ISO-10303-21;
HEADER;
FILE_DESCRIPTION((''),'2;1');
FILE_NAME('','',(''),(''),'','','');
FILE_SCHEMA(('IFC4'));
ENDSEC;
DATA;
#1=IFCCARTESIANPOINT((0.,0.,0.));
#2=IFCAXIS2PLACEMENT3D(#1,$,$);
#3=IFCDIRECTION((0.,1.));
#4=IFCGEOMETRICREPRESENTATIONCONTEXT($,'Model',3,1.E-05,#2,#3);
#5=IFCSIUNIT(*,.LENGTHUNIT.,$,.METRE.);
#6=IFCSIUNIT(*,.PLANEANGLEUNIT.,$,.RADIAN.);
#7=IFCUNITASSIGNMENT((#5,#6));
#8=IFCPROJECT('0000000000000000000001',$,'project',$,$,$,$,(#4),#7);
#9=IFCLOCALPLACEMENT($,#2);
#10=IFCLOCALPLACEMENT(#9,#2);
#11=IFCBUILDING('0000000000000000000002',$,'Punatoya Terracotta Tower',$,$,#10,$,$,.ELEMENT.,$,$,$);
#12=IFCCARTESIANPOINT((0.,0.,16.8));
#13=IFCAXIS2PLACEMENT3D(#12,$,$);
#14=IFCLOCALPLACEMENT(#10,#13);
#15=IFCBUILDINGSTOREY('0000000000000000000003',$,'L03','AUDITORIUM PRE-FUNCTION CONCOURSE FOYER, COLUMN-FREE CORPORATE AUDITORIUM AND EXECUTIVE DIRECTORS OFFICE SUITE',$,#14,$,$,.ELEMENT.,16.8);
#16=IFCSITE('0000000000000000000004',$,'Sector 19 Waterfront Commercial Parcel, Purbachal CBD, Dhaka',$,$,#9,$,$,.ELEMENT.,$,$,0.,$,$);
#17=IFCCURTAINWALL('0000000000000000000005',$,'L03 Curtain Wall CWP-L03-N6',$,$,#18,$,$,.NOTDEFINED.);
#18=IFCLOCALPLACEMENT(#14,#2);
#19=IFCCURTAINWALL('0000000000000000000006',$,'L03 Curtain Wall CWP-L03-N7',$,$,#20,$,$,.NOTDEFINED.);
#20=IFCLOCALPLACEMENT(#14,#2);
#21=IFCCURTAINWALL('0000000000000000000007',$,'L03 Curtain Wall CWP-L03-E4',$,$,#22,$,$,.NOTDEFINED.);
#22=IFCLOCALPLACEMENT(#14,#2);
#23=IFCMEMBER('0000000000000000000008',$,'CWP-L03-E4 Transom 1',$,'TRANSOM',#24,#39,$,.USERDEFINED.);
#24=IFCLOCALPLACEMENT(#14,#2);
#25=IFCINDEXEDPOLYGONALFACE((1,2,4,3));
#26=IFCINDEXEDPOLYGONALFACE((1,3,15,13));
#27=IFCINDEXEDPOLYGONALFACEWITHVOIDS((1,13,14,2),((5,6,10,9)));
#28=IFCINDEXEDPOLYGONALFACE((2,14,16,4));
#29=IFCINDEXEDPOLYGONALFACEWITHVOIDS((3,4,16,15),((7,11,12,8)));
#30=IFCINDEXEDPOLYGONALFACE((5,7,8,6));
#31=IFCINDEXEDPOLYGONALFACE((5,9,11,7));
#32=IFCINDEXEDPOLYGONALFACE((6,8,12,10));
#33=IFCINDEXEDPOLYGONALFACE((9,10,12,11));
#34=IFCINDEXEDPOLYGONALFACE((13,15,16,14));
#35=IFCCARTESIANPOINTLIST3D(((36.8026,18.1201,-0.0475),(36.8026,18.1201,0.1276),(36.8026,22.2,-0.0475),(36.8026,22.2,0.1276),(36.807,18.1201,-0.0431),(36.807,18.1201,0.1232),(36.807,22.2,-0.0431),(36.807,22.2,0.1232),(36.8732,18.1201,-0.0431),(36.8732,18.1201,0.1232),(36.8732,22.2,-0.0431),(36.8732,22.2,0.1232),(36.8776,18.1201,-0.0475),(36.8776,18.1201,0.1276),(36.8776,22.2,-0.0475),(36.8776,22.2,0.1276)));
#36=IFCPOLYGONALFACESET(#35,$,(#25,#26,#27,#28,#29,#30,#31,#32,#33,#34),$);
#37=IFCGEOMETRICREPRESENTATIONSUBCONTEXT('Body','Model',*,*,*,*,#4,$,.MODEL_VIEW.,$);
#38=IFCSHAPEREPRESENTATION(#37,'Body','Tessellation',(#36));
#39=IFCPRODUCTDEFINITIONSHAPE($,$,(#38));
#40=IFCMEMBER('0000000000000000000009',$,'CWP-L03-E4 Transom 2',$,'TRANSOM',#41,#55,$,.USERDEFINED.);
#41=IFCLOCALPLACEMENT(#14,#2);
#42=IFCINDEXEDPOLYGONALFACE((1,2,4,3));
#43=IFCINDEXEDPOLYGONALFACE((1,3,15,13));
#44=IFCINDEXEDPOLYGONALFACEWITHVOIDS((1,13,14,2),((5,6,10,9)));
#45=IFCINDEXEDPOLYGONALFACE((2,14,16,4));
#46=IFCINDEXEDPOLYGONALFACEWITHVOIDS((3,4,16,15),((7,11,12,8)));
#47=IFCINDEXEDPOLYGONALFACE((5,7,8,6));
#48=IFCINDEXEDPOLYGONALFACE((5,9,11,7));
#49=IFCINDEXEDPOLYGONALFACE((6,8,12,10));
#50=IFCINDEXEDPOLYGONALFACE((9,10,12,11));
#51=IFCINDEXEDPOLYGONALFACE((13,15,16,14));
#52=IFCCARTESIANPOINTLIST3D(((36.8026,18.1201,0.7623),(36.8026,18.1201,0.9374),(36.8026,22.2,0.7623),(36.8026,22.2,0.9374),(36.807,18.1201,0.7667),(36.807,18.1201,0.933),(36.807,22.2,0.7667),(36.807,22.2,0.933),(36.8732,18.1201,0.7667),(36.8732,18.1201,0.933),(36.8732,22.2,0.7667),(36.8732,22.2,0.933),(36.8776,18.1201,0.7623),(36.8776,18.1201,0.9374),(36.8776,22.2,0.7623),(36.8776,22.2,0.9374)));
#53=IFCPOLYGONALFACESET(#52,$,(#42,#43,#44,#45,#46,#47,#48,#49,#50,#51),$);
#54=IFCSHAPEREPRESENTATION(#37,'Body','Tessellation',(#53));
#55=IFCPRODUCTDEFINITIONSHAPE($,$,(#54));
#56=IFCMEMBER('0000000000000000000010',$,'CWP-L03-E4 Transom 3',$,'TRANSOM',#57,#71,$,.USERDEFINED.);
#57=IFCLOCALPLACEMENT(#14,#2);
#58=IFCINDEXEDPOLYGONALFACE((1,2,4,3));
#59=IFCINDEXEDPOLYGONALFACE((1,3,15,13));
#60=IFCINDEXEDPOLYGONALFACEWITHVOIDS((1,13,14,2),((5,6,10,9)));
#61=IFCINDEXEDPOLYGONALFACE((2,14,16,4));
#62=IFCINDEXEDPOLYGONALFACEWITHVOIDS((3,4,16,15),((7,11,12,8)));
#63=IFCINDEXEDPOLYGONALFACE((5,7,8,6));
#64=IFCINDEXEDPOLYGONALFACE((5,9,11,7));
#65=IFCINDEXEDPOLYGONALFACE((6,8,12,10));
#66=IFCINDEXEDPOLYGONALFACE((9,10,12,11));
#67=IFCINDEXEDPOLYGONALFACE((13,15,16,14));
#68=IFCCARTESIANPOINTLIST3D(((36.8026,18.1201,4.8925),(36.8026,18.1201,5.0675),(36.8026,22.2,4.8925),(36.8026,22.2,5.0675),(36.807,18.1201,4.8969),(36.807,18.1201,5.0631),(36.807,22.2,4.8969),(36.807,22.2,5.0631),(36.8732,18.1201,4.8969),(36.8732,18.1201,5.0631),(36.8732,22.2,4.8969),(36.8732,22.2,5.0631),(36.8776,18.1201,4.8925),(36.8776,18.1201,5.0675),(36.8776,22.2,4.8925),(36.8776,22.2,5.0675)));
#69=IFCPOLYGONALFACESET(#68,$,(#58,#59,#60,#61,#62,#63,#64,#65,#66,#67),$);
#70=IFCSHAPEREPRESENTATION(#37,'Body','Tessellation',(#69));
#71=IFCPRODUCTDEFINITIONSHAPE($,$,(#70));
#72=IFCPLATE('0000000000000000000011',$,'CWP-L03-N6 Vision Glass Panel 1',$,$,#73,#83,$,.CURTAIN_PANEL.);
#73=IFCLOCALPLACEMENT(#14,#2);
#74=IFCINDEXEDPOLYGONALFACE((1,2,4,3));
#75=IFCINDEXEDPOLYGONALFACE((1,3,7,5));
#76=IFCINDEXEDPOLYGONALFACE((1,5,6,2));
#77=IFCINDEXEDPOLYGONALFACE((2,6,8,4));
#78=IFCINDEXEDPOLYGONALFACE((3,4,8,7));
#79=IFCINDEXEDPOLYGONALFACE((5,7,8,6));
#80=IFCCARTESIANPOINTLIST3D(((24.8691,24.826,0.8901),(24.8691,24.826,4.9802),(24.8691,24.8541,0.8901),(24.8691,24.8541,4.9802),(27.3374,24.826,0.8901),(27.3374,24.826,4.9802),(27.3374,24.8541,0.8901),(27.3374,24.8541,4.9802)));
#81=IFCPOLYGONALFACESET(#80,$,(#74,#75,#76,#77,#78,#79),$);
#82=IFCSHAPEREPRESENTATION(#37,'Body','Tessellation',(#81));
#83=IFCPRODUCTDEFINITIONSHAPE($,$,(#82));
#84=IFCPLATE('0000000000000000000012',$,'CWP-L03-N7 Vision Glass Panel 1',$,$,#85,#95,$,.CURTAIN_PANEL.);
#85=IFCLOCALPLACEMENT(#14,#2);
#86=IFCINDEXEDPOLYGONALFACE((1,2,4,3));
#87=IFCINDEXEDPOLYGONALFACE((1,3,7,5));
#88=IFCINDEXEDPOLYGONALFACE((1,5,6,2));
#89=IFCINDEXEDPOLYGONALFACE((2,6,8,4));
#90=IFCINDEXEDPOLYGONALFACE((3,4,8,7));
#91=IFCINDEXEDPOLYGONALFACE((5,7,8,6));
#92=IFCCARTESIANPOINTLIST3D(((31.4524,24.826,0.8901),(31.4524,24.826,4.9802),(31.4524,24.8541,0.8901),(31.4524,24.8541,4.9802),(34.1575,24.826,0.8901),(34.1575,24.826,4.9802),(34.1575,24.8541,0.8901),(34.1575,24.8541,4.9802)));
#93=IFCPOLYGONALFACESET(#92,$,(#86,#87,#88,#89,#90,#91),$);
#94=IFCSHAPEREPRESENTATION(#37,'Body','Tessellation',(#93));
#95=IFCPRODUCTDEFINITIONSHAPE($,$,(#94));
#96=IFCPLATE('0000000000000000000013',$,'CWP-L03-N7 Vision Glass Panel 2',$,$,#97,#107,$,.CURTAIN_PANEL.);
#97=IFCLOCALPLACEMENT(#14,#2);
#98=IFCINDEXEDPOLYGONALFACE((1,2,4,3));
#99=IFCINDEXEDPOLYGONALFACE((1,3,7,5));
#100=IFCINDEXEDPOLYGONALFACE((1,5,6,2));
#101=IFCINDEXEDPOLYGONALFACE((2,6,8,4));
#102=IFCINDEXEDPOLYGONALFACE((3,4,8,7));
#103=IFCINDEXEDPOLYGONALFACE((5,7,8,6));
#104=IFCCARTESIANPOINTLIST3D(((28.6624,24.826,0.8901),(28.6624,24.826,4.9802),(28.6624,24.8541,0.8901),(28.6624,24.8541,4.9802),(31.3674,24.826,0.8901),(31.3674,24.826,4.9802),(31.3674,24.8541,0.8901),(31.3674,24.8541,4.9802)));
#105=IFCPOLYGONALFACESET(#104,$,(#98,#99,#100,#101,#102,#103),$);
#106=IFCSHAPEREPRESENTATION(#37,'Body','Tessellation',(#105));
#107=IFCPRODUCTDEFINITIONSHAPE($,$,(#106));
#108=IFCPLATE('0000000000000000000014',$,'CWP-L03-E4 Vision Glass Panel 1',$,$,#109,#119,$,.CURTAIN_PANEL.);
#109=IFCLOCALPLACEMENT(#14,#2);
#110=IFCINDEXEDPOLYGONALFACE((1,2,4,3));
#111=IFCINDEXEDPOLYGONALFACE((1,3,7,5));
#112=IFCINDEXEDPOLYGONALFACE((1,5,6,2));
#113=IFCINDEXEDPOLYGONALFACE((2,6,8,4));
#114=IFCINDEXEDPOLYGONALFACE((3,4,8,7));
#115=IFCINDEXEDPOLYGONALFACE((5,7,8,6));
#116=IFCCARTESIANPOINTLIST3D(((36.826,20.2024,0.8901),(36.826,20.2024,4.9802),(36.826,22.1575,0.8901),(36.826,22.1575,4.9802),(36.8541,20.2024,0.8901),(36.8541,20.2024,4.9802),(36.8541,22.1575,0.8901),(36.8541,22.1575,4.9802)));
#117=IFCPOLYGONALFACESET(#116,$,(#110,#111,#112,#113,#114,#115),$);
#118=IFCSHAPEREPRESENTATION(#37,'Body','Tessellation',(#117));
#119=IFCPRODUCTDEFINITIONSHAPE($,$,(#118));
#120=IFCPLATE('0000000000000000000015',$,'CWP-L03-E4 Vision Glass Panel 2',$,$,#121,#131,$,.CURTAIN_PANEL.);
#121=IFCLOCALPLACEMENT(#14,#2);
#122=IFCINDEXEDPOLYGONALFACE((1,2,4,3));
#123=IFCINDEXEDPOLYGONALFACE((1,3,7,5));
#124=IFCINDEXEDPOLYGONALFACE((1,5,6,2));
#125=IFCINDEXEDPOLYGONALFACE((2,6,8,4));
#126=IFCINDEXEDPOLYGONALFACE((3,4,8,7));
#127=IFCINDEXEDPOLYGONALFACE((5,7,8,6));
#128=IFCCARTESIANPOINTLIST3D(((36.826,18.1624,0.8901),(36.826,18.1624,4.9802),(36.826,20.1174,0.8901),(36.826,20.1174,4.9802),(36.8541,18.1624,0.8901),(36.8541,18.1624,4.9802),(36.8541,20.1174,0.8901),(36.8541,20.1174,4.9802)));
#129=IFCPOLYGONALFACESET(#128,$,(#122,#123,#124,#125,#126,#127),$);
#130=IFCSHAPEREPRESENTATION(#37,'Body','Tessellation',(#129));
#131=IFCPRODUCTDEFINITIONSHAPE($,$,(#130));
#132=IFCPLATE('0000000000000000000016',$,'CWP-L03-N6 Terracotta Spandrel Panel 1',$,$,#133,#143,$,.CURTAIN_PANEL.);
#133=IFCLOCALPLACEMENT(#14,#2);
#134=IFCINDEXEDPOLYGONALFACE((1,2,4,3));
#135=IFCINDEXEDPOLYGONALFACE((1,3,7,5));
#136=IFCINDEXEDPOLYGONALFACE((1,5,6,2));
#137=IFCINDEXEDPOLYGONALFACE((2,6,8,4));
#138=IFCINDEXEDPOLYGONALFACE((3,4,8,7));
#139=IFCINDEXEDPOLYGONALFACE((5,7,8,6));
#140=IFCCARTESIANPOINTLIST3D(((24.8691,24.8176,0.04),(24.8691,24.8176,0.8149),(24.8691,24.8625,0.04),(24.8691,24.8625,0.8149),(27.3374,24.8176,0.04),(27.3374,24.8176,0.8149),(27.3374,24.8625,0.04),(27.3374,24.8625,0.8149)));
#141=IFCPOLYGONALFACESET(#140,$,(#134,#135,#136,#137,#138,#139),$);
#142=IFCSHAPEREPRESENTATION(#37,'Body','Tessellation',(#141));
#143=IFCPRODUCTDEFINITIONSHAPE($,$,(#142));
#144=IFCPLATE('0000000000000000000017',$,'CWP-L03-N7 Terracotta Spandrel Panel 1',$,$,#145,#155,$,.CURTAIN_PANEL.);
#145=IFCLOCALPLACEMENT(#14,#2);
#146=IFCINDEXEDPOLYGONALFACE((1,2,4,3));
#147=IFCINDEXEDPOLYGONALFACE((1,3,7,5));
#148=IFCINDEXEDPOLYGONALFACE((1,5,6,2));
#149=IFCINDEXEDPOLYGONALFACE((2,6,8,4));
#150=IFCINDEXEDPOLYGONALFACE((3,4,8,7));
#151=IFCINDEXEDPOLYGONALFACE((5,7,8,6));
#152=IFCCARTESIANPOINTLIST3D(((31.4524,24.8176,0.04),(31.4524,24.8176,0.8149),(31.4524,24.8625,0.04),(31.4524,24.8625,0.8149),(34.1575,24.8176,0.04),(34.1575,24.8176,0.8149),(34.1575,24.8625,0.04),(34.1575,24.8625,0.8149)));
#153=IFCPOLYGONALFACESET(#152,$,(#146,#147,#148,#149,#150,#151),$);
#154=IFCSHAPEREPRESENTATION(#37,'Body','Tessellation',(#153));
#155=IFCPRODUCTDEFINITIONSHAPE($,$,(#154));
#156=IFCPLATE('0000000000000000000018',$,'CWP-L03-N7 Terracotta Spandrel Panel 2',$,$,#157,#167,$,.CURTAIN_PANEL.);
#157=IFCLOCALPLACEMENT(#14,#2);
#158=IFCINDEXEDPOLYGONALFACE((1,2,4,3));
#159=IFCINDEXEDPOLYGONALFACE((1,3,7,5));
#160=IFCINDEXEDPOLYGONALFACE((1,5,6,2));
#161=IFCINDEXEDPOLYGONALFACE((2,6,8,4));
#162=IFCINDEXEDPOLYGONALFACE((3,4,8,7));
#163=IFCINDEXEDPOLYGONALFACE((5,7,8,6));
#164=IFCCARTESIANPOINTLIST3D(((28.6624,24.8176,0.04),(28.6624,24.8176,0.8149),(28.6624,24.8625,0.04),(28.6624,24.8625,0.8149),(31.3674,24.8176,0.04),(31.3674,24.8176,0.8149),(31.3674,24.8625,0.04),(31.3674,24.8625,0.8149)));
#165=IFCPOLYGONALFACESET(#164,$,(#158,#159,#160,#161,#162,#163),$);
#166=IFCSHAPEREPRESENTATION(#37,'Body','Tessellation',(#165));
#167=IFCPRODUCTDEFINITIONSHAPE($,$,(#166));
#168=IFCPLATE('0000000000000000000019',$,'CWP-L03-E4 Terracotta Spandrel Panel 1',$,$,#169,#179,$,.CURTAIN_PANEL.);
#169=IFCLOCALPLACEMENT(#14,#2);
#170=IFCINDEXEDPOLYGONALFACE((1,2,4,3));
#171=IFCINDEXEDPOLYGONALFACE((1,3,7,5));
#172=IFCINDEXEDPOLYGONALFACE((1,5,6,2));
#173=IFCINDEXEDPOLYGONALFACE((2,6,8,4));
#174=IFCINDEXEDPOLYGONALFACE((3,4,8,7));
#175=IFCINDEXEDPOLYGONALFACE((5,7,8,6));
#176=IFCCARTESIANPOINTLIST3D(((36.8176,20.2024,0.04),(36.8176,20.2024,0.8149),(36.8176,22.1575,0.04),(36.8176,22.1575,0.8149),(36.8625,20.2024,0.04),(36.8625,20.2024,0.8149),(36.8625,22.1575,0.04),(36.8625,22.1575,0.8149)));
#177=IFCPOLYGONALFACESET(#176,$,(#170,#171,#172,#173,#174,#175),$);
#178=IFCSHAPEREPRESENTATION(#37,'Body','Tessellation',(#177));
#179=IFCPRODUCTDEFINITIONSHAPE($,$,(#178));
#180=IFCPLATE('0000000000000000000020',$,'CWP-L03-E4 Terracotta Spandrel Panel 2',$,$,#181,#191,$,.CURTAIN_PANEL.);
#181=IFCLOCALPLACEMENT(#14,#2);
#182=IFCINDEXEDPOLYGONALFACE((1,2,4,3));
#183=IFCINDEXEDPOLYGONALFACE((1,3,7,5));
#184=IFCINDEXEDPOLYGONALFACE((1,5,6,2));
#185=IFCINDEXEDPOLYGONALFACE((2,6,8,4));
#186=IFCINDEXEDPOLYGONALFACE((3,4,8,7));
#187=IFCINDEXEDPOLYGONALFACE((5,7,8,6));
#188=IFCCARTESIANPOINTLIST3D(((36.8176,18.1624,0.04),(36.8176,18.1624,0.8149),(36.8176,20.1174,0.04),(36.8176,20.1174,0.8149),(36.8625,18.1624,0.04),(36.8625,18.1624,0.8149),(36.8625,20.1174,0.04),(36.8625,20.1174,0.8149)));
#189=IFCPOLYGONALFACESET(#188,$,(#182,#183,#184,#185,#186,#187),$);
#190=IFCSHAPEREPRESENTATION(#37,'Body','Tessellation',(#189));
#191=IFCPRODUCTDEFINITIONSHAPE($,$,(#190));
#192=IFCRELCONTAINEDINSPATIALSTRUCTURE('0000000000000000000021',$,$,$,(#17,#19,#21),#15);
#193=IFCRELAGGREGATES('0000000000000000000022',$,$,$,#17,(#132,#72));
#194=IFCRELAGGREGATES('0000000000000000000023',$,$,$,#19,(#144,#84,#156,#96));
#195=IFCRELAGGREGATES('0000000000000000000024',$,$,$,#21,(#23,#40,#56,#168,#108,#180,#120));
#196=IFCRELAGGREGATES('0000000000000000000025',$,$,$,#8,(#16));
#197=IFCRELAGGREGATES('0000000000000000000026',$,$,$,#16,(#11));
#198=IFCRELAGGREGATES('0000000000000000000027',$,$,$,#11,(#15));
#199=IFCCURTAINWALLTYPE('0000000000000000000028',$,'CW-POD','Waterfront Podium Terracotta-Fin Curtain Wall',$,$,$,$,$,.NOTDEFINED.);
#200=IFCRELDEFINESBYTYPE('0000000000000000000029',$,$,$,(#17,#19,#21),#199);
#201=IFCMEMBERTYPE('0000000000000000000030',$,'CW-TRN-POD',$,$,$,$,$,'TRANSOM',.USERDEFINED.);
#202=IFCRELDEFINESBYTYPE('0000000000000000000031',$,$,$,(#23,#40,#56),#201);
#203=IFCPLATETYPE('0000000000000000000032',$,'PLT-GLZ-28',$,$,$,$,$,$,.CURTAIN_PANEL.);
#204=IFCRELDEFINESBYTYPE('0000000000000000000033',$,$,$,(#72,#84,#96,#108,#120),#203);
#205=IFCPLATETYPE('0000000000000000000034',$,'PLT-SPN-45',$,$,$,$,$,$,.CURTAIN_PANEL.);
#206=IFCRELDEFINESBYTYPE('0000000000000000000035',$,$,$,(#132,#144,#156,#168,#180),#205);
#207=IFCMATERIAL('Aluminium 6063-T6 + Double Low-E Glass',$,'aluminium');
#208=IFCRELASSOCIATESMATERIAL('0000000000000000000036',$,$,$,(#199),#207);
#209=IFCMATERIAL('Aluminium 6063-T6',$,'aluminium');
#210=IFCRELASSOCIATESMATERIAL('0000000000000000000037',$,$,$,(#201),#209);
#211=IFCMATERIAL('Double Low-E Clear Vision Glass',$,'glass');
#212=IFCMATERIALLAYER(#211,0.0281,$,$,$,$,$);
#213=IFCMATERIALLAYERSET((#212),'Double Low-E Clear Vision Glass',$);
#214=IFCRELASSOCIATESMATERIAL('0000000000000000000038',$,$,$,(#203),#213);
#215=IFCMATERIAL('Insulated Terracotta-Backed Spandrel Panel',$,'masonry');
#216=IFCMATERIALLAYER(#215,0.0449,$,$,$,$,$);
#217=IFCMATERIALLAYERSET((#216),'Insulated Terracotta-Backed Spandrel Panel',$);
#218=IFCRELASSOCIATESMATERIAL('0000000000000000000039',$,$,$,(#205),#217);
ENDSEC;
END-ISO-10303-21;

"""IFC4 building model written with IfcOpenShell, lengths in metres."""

from ifc_helpers import new_model, si_unit, direction, frame, origin, origin_2d, place, context, subcontext, project, spatial, rectangle, hollow_rectangle, extrude, material, layer, layer_set, material_profile, profile_set, type_object, element, aggregate, save


model = new_model("IFC4")

# Units and contexts
model_context = context("Model", 3, precision=1e-05, world=origin(), true_north=direction((0.0, 1.0)))
body_context = subcontext(model_context, "Body", "Model", "MODEL_VIEW")
ifc_project = project(units=[si_unit("LENGTHUNIT", "METRE"), si_unit("PLANEANGLEUNIT", "RADIAN")], contexts=[model_context])

# Site, building, storey
site_placement = place(None, origin())
site = spatial("IfcSite", under=ifc_project, at=site_placement, Name="Sector 19 Waterfront Commercial Parcel, Purbachal CBD, Dhaka", CompositionType="ELEMENT", RefElevation=0.0)
building_placement = place(site_placement, origin())
building = spatial("IfcBuilding", under=site, at=building_placement, Name="Punatoya Terracotta Tower", CompositionType="ELEMENT")
storey_placement = place(building_placement, frame((0.0, 0.0, 16.8)))
storey = spatial("IfcBuildingStorey", under=building, at=storey_placement, Name="L03", Description="AUDITORIUM PRE-FUNCTION CONCOURSE FOYER, COLUMN-FREE CORPORATE AUDITORIUM AND EXECUTIVE DIRECTORS OFFICE SUITE", CompositionType="ELEMENT", Elevation=16.8)

# Curtain walls
ifc_material_1 = material(Name="Aluminium 6063-T6 + Double Low-E Glass", Category="aluminium")
curtain_wall_type = type_object("IfcCurtainWallType", Name="CW-POD", Description="Waterfront Podium Terracotta-Fin Curtain Wall", PredefinedType="NOTDEFINED", material=ifc_material_1)
curtain_wall_1_placement = place(storey_placement, origin())
curtain_wall_1 = element("IfcCurtainWall", 1, at=curtain_wall_1_placement, inside=storey, type_object=curtain_wall_type, Name="L03 Curtain Wall CWP-L03-N6", PredefinedType="NOTDEFINED")
ifc_material_2 = material(Name="Aluminium 6063-T6", Category="aluminium")
curtain_wall_2_placement = place(storey_placement, origin())
curtain_wall_2 = element("IfcCurtainWall", 2, at=curtain_wall_2_placement, inside=storey, type_object=curtain_wall_type, Name="L03 Curtain Wall CWP-L03-N7", PredefinedType="NOTDEFINED")
curtain_wall_3_placement = place(storey_placement, origin())
curtain_wall_3 = element("IfcCurtainWall", 3, at=curtain_wall_3_placement, inside=storey, type_object=curtain_wall_type, Name="L03 Curtain Wall CWP-L03-E4", PredefinedType="NOTDEFINED")

# Members
ifc_material_profile_1 = material_profile(ifc_material_2, hollow_rectangle(XDim=0.075, YDim=0.175, WallThickness=0.0044, at=origin_2d()))
ifc_profile_set_1 = profile_set([ifc_material_profile_1], Name="Aluminium 6063-T6")
member_type_1 = type_object("IfcMemberType", Name="CW-TRN-POD", ElementType="TRANSOM", PredefinedType="USERDEFINED", material=ifc_profile_set_1)
member_1_placement = place(storey_placement, frame((36.8401, 22.2, 0.04), z_axis=(0.0, -1.0, 0.0), x_axis=(1.0, 0.0, 0.0)))
member_1 = element("IfcMember", 4, at=member_1_placement, type_object=member_type_1, Name="CWP-L03-E4 Transom 1", ObjectType="TRANSOM", PredefinedType="USERDEFINED", context=body_context, shape_type="SweptSolid", body=[
    extrude(hollow_rectangle(XDim=0.075, YDim=0.175, WallThickness=0.0044, at=origin_2d()), origin(), (0.0, 0.0, 1.0), 4.0798),
])
member_2_placement = place(storey_placement, frame((36.8401, 22.2, 0.8499), z_axis=(0.0, -1.0, 0.0), x_axis=(1.0, 0.0, 0.0)))
member_2 = element("IfcMember", 5, at=member_2_placement, type_object=member_type_1, Name="CWP-L03-E4 Transom 2", ObjectType="TRANSOM", PredefinedType="USERDEFINED", context=body_context, shape_type="SweptSolid", body=[
    extrude(hollow_rectangle(XDim=0.075, YDim=0.175, WallThickness=0.0044, at=origin_2d()), origin(), (0.0, 0.0, 1.0), 4.0798),
])
member_3_placement = place(storey_placement, frame((36.8401, 22.2, 4.98), z_axis=(0.0, -1.0, 0.0), x_axis=(1.0, 0.0, 0.0)))
member_3 = element("IfcMember", 6, at=member_3_placement, type_object=member_type_1, Name="CWP-L03-E4 Transom 3", ObjectType="TRANSOM", PredefinedType="USERDEFINED", context=body_context, shape_type="SweptSolid", body=[
    extrude(hollow_rectangle(XDim=0.075, YDim=0.175, WallThickness=0.0044, at=origin_2d()), origin(), (0.0, 0.0, 1.0), 4.0798),
])

# Plates
ifc_material_3 = material(Name="Double Low-E Clear Vision Glass", Category="glass")
ifc_layer_1 = layer(ifc_material_3, 0.0281)
ifc_layer_set_1 = layer_set([ifc_layer_1], Name="Double Low-E Clear Vision Glass")
plate_type_1 = type_object("IfcPlateType", Name="PLT-GLZ-28", PredefinedType="CURTAIN_PANEL", material=ifc_layer_set_1)
plate_1_placement = place(storey_placement, frame((26.1033, 24.8401, 0.8901), z_axis=(0.0, 0.0, 1.0), x_axis=(-1.0, 0.0, 0.0)))
plate_1 = element("IfcPlate", 7, at=plate_1_placement, type_object=plate_type_1, Name="CWP-L03-N6 Vision Glass Panel 1", PredefinedType="CURTAIN_PANEL", context=body_context, shape_type="SweptSolid", body=[
    extrude(rectangle(XDim=2.4683, YDim=0.0281, at=origin_2d()), origin(), (0.0, 0.0, 1.0), 4.0901),
])
plate_2_placement = place(storey_placement, frame((32.8049, 24.8401, 0.8901), z_axis=(0.0, 0.0, 1.0), x_axis=(-1.0, 0.0, 0.0)))
plate_2 = element("IfcPlate", 8, at=plate_2_placement, type_object=plate_type_1, Name="CWP-L03-N7 Vision Glass Panel 1", PredefinedType="CURTAIN_PANEL", context=body_context, shape_type="SweptSolid", body=[
    extrude(rectangle(XDim=2.7051, YDim=0.0281, at=origin_2d()), origin(), (0.0, 0.0, 1.0), 4.0901),
])
plate_3_placement = place(storey_placement, frame((30.0149, 24.8401, 0.8901), z_axis=(0.0, 0.0, 1.0), x_axis=(-1.0, 0.0, 0.0)))
plate_3 = element("IfcPlate", 9, at=plate_3_placement, type_object=plate_type_1, Name="CWP-L03-N7 Vision Glass Panel 2", PredefinedType="CURTAIN_PANEL", context=body_context, shape_type="SweptSolid", body=[
    extrude(rectangle(XDim=2.7051, YDim=0.0281, at=origin_2d()), origin(), (0.0, 0.0, 1.0), 4.0901),
])
plate_4_placement = place(storey_placement, frame((36.8401, 21.1799, 0.8901), z_axis=(0.0, 0.0, 1.0), x_axis=(0.0, -1.0, 0.0)))
plate_4 = element("IfcPlate", 10, at=plate_4_placement, type_object=plate_type_1, Name="CWP-L03-E4 Vision Glass Panel 1", PredefinedType="CURTAIN_PANEL", context=body_context, shape_type="SweptSolid", body=[
    extrude(rectangle(XDim=1.9551, YDim=0.0281, at=origin_2d()), origin(), (0.0, 0.0, 1.0), 4.0901),
])
plate_5_placement = place(storey_placement, frame((36.8401, 19.1399, 0.8901), z_axis=(0.0, 0.0, 1.0), x_axis=(0.0, -1.0, 0.0)))
plate_5 = element("IfcPlate", 11, at=plate_5_placement, type_object=plate_type_1, Name="CWP-L03-E4 Vision Glass Panel 2", PredefinedType="CURTAIN_PANEL", context=body_context, shape_type="SweptSolid", body=[
    extrude(rectangle(XDim=1.9551, YDim=0.0281, at=origin_2d()), origin(), (0.0, 0.0, 1.0), 4.0901),
])
ifc_material_4 = material(Name="Insulated Terracotta-Backed Spandrel Panel", Category="masonry")
ifc_layer_2 = layer(ifc_material_4, 0.0449)
ifc_layer_set_2 = layer_set([ifc_layer_2], Name="Insulated Terracotta-Backed Spandrel Panel")
plate_type_2 = type_object("IfcPlateType", Name="PLT-SPN-45", PredefinedType="CURTAIN_PANEL", material=ifc_layer_set_2)
plate_6_placement = place(storey_placement, frame((26.1033, 24.8401, 0.04), z_axis=(0.0, 0.0, 1.0), x_axis=(-1.0, 0.0, 0.0)))
plate_6 = element("IfcPlate", 12, at=plate_6_placement, type_object=plate_type_2, Name="CWP-L03-N6 Terracotta Spandrel Panel 1", PredefinedType="CURTAIN_PANEL", context=body_context, shape_type="SweptSolid", body=[
    extrude(rectangle(XDim=2.4683, YDim=0.0449, at=origin_2d()), origin(), (0.0, 0.0, 1.0), 0.7749),
])
aggregate(curtain_wall_1, [plate_6, plate_1])
plate_7_placement = place(storey_placement, frame((32.8049, 24.8401, 0.04), z_axis=(0.0, 0.0, 1.0), x_axis=(-1.0, 0.0, 0.0)))
plate_7 = element("IfcPlate", 13, at=plate_7_placement, type_object=plate_type_2, Name="CWP-L03-N7 Terracotta Spandrel Panel 1", PredefinedType="CURTAIN_PANEL", context=body_context, shape_type="SweptSolid", body=[
    extrude(rectangle(XDim=2.7051, YDim=0.0449, at=origin_2d()), origin(), (0.0, 0.0, 1.0), 0.7749),
])
plate_8_placement = place(storey_placement, frame((30.0149, 24.8401, 0.04), z_axis=(0.0, 0.0, 1.0), x_axis=(-1.0, 0.0, 0.0)))
plate_8 = element("IfcPlate", 14, at=plate_8_placement, type_object=plate_type_2, Name="CWP-L03-N7 Terracotta Spandrel Panel 2", PredefinedType="CURTAIN_PANEL", context=body_context, shape_type="SweptSolid", body=[
    extrude(rectangle(XDim=2.7051, YDim=0.0449, at=origin_2d()), origin(), (0.0, 0.0, 1.0), 0.7749),
])
aggregate(curtain_wall_2, [plate_7, plate_2, plate_8, plate_3])
plate_9_placement = place(storey_placement, frame((36.8401, 21.1799, 0.04), z_axis=(0.0, 0.0, 1.0), x_axis=(0.0, -1.0, 0.0)))
plate_9 = element("IfcPlate", 15, at=plate_9_placement, type_object=plate_type_2, Name="CWP-L03-E4 Terracotta Spandrel Panel 1", PredefinedType="CURTAIN_PANEL", context=body_context, shape_type="SweptSolid", body=[
    extrude(rectangle(XDim=1.9551, YDim=0.0449, at=origin_2d()), origin(), (0.0, 0.0, 1.0), 0.7749),
])
plate_10_placement = place(storey_placement, frame((36.8401, 19.1399, 0.04), z_axis=(0.0, 0.0, 1.0), x_axis=(0.0, -1.0, 0.0)))
plate_10 = element("IfcPlate", 16, at=plate_10_placement, type_object=plate_type_2, Name="CWP-L03-E4 Terracotta Spandrel Panel 2", PredefinedType="CURTAIN_PANEL", context=body_context, shape_type="SweptSolid", body=[
    extrude(rectangle(XDim=1.9551, YDim=0.0449, at=origin_2d()), origin(), (0.0, 0.0, 1.0), 0.7749),
])
aggregate(curtain_wall_3, [member_1, member_2, member_3, plate_9, plate_4, plate_10, plate_5])

save(model, "model.ifc")
